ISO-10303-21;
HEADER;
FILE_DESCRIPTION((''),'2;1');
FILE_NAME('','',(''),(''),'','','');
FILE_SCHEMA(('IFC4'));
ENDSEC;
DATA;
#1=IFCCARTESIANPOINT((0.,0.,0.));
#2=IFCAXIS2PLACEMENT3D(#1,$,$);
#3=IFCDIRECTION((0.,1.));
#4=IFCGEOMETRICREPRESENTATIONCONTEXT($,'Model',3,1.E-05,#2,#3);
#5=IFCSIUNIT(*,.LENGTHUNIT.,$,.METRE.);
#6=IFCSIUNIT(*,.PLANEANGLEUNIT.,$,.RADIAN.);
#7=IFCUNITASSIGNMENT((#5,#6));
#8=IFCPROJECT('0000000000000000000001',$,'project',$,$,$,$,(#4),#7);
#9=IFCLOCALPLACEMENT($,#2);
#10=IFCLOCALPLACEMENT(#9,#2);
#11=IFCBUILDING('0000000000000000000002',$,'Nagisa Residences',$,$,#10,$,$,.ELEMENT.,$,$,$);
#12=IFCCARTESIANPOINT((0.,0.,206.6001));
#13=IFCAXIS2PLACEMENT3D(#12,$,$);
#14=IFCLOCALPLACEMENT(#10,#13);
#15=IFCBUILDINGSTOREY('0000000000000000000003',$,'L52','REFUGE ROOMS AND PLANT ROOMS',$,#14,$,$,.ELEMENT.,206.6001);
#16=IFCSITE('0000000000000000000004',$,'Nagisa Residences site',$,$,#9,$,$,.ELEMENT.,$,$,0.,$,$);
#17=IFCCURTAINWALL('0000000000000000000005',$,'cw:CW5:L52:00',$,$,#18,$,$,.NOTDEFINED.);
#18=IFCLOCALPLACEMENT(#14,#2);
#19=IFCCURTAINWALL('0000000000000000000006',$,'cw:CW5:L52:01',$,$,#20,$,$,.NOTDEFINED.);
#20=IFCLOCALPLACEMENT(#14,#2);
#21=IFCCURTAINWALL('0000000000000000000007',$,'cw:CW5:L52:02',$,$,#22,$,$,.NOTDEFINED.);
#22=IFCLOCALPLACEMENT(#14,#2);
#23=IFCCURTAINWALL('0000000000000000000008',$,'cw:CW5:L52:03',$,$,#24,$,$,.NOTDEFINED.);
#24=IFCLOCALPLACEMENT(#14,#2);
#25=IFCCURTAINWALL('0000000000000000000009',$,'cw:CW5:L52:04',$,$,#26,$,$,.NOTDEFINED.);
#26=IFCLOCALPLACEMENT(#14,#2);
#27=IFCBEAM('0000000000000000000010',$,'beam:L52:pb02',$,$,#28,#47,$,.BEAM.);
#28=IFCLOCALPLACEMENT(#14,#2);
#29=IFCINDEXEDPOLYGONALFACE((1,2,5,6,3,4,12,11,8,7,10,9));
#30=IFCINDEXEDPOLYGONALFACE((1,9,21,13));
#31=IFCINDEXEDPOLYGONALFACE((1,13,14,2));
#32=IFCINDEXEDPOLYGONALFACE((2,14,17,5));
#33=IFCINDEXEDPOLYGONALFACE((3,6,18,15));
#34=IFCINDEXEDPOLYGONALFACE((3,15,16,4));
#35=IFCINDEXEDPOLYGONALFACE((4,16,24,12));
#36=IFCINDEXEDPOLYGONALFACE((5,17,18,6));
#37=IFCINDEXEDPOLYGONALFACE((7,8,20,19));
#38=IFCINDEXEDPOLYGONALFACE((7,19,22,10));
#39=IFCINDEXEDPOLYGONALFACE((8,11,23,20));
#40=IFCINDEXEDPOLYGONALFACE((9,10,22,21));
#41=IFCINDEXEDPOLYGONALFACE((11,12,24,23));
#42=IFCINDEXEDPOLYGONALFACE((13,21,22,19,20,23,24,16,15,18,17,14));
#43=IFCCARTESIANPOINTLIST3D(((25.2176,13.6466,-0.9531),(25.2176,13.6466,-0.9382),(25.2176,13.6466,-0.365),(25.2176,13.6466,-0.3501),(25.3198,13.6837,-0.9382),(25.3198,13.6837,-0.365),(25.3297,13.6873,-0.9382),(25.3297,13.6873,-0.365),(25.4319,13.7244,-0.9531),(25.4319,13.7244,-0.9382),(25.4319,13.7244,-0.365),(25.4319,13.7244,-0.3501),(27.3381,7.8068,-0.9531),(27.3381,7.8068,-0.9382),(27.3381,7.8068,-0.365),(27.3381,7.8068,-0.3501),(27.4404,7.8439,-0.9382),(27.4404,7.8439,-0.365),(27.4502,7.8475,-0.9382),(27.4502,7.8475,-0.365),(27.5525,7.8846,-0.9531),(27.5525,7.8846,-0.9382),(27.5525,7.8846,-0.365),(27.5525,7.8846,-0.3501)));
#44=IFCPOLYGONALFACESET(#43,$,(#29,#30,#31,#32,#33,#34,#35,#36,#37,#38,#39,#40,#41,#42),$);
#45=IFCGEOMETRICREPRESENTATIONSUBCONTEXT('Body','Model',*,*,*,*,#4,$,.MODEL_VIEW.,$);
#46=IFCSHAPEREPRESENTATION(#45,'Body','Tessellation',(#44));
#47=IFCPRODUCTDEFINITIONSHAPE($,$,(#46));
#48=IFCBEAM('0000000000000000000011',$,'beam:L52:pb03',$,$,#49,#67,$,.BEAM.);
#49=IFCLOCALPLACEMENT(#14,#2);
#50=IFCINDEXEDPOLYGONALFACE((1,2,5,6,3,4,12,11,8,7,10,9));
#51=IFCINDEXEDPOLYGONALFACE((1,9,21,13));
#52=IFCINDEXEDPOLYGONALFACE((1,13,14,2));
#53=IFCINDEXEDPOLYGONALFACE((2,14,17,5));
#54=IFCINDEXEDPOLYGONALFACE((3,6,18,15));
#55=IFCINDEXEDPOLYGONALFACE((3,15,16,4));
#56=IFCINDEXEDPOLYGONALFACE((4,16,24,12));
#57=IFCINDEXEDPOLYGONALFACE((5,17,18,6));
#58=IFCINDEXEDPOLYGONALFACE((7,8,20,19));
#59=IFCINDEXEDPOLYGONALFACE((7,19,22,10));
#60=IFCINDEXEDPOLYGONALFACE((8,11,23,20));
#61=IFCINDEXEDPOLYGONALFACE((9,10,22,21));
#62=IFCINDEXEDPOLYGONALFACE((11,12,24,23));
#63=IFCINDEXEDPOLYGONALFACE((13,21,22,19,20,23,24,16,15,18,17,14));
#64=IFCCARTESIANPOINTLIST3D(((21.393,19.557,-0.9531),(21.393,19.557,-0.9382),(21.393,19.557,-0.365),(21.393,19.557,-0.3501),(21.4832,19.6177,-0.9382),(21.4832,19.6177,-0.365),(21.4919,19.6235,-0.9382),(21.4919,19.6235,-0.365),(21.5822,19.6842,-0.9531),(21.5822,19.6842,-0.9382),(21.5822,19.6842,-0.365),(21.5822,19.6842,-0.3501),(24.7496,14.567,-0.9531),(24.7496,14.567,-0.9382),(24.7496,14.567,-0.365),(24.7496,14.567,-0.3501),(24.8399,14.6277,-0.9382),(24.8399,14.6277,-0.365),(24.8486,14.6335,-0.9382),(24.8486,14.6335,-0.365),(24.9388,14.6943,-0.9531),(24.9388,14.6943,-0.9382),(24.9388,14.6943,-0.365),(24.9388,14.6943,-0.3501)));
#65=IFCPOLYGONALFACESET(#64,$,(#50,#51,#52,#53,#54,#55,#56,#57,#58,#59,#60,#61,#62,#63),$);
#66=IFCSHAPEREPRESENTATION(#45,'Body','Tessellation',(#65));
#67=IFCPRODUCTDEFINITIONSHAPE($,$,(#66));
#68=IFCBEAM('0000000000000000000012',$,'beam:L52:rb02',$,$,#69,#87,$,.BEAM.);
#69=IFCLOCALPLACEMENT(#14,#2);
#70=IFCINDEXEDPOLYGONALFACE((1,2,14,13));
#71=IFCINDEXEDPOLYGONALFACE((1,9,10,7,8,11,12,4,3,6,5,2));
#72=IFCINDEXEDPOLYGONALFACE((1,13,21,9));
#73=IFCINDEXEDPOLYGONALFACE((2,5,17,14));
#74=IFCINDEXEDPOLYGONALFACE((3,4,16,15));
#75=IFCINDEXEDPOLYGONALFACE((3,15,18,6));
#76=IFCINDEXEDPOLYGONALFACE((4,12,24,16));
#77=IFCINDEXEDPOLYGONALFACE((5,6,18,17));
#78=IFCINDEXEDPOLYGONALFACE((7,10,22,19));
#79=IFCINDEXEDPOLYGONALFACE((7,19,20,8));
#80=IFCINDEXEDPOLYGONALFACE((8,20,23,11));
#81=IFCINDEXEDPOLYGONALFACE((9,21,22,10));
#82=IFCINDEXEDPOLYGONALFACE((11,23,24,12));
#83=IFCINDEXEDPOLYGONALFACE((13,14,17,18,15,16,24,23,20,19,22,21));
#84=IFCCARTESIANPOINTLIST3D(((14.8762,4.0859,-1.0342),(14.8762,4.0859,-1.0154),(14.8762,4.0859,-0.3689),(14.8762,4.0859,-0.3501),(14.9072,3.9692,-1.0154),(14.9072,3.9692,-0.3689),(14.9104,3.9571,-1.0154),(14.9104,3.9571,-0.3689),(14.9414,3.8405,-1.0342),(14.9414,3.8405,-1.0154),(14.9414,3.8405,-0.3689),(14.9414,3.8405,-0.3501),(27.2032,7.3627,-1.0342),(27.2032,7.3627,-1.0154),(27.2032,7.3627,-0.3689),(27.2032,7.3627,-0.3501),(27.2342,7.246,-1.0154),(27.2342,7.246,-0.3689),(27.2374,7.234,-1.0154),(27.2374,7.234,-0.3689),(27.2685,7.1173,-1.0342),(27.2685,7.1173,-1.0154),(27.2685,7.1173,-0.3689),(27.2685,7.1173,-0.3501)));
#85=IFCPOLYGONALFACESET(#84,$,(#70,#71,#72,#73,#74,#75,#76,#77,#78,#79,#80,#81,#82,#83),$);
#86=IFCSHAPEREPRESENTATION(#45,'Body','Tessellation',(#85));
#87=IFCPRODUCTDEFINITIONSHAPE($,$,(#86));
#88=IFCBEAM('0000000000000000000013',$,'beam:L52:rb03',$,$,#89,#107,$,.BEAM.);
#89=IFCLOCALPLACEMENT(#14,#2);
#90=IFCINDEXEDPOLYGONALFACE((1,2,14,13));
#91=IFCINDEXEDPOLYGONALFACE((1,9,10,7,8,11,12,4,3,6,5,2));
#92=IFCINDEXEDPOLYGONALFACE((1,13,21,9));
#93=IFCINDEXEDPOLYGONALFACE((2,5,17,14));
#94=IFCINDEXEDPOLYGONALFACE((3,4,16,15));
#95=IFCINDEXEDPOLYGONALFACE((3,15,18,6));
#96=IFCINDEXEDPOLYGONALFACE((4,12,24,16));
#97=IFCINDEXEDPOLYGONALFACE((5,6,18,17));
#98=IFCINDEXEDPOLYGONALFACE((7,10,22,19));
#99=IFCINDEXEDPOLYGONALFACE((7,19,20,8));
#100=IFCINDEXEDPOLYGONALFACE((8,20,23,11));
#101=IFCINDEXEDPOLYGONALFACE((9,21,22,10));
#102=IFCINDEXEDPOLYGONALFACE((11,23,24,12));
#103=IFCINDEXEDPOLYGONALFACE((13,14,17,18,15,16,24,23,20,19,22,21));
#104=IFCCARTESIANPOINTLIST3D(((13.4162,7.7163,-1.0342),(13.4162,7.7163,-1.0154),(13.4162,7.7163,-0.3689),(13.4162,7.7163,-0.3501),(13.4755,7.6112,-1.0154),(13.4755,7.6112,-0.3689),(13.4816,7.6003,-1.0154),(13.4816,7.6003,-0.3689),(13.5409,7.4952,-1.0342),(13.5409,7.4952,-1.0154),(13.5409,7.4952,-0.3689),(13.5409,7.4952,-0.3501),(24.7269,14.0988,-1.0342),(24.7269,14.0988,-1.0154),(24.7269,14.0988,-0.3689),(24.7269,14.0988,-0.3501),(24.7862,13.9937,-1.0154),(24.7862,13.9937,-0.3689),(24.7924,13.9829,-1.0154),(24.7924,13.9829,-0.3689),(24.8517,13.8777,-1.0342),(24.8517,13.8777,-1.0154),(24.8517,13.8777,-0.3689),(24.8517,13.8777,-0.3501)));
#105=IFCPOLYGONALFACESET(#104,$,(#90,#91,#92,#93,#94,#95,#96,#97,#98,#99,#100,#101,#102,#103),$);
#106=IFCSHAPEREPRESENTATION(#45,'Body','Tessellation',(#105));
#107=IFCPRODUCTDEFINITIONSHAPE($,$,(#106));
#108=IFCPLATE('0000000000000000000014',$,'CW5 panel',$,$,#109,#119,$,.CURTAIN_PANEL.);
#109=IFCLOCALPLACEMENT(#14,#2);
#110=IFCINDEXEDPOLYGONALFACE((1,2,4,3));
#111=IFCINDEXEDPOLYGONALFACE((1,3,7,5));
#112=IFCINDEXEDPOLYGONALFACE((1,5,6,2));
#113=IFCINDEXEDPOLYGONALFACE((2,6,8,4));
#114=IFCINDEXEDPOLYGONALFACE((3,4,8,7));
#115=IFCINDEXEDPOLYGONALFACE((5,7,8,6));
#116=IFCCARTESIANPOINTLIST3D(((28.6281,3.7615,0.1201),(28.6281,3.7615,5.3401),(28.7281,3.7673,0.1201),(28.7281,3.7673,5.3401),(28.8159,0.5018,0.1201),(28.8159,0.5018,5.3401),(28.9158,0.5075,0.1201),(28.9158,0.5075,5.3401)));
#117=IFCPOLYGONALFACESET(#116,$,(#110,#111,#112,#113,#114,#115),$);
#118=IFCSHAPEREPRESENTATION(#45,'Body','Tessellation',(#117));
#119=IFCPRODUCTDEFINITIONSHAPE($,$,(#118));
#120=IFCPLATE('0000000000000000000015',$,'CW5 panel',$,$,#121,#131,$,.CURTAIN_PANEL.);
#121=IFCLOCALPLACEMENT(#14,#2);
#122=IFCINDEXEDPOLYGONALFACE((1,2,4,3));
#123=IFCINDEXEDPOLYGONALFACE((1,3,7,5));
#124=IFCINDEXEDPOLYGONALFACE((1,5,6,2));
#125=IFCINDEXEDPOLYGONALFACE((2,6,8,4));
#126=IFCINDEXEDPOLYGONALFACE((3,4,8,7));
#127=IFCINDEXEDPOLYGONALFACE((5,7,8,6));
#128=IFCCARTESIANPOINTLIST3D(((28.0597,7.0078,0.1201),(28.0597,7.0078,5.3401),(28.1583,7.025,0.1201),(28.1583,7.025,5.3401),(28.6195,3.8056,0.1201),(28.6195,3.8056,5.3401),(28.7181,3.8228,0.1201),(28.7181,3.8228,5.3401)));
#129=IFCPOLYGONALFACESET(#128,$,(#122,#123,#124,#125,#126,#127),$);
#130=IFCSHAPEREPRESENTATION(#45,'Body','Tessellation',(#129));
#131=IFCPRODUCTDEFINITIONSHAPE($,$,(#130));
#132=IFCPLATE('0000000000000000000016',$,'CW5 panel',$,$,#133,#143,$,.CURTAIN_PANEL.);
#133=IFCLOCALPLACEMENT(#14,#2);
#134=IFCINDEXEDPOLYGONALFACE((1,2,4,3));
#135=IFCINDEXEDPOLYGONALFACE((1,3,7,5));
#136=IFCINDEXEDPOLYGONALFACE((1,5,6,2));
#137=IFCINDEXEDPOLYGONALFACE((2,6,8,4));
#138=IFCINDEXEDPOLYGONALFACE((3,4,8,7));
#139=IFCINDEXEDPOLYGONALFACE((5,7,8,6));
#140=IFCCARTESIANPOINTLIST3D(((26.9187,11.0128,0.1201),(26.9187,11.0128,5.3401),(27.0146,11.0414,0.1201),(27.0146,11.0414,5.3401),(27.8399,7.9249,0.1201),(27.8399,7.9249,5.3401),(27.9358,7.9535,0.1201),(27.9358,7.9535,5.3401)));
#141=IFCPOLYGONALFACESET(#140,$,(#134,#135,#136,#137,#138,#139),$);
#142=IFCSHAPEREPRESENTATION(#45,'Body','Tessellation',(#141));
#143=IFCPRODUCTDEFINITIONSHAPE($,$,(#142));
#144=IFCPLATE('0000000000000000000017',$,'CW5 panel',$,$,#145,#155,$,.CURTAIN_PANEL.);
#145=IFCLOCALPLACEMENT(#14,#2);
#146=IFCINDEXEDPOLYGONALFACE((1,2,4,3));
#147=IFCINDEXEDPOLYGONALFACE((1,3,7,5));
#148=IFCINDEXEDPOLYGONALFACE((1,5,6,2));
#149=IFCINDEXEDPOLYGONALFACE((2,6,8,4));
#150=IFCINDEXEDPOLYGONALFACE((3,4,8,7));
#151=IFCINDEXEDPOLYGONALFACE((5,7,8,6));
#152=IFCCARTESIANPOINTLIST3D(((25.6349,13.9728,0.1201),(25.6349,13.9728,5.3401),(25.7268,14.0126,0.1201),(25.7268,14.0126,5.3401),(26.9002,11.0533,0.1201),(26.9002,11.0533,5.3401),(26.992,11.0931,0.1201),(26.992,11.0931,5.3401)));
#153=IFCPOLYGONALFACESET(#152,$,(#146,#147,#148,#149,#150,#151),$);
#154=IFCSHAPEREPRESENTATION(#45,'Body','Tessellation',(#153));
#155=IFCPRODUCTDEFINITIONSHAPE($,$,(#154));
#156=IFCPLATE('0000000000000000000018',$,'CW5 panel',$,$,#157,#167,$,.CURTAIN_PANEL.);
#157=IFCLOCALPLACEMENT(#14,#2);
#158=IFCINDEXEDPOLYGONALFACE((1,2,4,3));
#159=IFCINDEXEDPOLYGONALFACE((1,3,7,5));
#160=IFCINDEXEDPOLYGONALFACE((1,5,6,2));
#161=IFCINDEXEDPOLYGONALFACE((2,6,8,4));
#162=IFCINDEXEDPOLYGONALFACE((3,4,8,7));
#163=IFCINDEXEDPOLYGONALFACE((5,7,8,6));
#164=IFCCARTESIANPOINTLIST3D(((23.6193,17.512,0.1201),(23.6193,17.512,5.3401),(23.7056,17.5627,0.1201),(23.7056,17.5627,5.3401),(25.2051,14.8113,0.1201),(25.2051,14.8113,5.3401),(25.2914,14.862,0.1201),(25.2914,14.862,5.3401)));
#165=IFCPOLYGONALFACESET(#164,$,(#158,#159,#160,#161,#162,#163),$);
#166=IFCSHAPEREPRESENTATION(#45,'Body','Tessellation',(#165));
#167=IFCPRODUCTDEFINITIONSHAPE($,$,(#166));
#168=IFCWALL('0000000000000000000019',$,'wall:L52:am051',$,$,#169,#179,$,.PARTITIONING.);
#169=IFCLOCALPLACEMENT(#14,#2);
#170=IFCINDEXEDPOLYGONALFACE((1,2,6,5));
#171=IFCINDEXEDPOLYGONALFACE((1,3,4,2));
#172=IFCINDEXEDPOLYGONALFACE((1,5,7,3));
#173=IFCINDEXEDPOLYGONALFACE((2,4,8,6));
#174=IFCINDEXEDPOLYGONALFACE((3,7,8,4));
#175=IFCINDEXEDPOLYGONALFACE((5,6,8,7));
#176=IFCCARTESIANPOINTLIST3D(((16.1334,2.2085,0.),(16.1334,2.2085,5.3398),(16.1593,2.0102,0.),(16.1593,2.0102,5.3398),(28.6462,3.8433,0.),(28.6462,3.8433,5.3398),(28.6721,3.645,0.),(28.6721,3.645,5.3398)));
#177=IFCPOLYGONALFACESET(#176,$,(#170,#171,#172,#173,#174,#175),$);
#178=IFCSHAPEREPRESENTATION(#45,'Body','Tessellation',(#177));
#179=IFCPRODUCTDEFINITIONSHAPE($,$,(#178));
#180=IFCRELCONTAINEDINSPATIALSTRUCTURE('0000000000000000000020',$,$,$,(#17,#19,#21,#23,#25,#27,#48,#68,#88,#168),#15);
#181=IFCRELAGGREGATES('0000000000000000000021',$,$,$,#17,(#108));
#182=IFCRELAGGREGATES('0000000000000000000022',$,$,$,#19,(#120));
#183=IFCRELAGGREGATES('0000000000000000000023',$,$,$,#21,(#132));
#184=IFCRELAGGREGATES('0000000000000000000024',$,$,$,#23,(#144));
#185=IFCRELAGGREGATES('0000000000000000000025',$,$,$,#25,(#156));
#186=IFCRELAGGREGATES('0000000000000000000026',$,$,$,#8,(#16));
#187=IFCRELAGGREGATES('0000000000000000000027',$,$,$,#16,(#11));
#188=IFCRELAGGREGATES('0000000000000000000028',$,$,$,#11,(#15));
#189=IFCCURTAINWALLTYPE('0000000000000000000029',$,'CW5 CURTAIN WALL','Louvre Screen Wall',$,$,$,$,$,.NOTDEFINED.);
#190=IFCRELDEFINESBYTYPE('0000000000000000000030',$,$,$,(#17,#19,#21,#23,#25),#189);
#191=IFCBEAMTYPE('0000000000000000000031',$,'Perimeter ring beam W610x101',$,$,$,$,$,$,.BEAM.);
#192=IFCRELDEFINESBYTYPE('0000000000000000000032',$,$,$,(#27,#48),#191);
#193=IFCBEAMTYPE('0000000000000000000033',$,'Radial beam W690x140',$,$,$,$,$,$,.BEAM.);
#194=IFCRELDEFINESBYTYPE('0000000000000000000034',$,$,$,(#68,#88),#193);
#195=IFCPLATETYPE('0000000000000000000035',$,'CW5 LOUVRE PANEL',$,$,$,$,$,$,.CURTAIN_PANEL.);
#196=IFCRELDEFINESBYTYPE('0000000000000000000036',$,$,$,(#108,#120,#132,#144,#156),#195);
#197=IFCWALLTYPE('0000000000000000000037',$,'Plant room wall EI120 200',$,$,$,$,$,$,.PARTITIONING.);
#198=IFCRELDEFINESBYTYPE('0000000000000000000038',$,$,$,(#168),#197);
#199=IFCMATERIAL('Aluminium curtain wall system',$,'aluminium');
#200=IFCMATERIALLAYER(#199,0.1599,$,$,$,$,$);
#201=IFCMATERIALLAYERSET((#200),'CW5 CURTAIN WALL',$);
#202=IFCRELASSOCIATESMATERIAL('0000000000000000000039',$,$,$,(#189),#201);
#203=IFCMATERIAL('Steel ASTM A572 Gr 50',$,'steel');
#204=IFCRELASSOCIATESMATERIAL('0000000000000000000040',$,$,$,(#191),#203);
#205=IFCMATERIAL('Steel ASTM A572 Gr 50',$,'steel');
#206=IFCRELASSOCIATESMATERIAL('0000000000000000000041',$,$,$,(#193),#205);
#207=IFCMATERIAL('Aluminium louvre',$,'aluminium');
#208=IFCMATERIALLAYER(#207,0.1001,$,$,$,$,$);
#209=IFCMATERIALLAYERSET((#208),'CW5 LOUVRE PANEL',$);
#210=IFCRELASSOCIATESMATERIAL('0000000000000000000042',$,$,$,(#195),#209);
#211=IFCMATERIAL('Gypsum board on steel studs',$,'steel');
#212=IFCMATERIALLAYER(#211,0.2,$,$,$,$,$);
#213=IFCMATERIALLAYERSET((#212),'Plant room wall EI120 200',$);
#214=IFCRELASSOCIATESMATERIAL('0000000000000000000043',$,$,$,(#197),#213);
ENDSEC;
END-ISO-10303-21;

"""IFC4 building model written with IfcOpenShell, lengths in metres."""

from ifc_helpers import new_model, si_unit, direction, frame, frame_2d, origin, origin_2d, place, context, subcontext, project, spatial, rectangle, i_section, extrude, material, layer, layer_set, material_profile, profile_set, type_object, element, aggregate, save


model = new_model("IFC4")

# Units and contexts
model_context = context("Model", 3, precision=1e-05, world=origin(), true_north=direction((0.0, 1.0)))
body_context = subcontext(model_context, "Body", "Model", "MODEL_VIEW")
ifc_project = project(units=[si_unit("LENGTHUNIT", "METRE"), si_unit("PLANEANGLEUNIT", "RADIAN")], contexts=[model_context])

# Site, building, storey
site_placement = place(None, origin())
site = spatial("IfcSite", under=ifc_project, at=site_placement, Name="Nagisa Residences site", CompositionType="ELEMENT", RefElevation=0.0)
building_placement = place(site_placement, origin())
building = spatial("IfcBuilding", under=site, at=building_placement, Name="Nagisa Residences", CompositionType="ELEMENT")
storey_placement = place(building_placement, frame((0.0, 0.0, 206.6001)))
storey = spatial("IfcBuildingStorey", under=building, at=storey_placement, Name="L52", Description="REFUGE ROOMS AND PLANT ROOMS", CompositionType="ELEMENT", Elevation=206.6001)

# Curtain walls
ifc_material_1 = material(Name="Aluminium curtain wall system", Category="aluminium")
ifc_layer_1 = layer(ifc_material_1, 0.1599)
ifc_layer_set_1 = layer_set([ifc_layer_1], Name="CW5 CURTAIN WALL")
curtain_wall_type = type_object("IfcCurtainWallType", Name="CW5 CURTAIN WALL", Description="Louvre Screen Wall", PredefinedType="NOTDEFINED", material=ifc_layer_set_1)
curtain_wall_1_placement = place(storey_placement, origin())
curtain_wall_1 = element("IfcCurtainWall", 1, at=curtain_wall_1_placement, inside=storey, type_object=curtain_wall_type, Name="cw:CW5:L52:00", PredefinedType="NOTDEFINED")
curtain_wall_2_placement = place(storey_placement, origin())
curtain_wall_2 = element("IfcCurtainWall", 2, at=curtain_wall_2_placement, inside=storey, type_object=curtain_wall_type, Name="cw:CW5:L52:01", PredefinedType="NOTDEFINED")
curtain_wall_3_placement = place(storey_placement, origin())
curtain_wall_3 = element("IfcCurtainWall", 3, at=curtain_wall_3_placement, inside=storey, type_object=curtain_wall_type, Name="cw:CW5:L52:02", PredefinedType="NOTDEFINED")
curtain_wall_4_placement = place(storey_placement, origin())
curtain_wall_4 = element("IfcCurtainWall", 4, at=curtain_wall_4_placement, inside=storey, type_object=curtain_wall_type, Name="cw:CW5:L52:03", PredefinedType="NOTDEFINED")
curtain_wall_5_placement = place(storey_placement, origin())
curtain_wall_5 = element("IfcCurtainWall", 5, at=curtain_wall_5_placement, inside=storey, type_object=curtain_wall_type, Name="cw:CW5:L52:04", PredefinedType="NOTDEFINED")

# Beams
ifc_material_2 = material(Name="Steel ASTM A572 Gr 50", Category="steel")
ifc_material_profile_1 = material_profile(ifc_material_2, i_section(OverallWidth=0.228, OverallDepth=0.603, WebThickness=0.0105, FlangeThickness=0.0149, at=origin_2d()), Name="W610x101")
ifc_profile_set_1 = profile_set([ifc_material_profile_1], Name="Steel ASTM A572 Gr 50")
beam_type_1 = type_object("IfcBeamType", Name="Perimeter ring beam W610x101", PredefinedType="BEAM", material=ifc_profile_set_1)
beam_1_placement = place(storey_placement, frame((27.4453, 7.8457, -0.6516), z_axis=(-0.34132, 0.939947, 0.0), x_axis=(-0.939947, -0.34132, 0.0)))
element("IfcBeam", 6, at=beam_1_placement, inside=storey, type_object=beam_type_1, Name="beam:L52:pb02", PredefinedType="BEAM", context=body_context, shape_type="SweptSolid", body=[
    extrude(i_section(OverallWidth=0.228, OverallDepth=0.603, WebThickness=0.0105, FlangeThickness=0.0149, at=origin_2d()), origin(), (0.0, 0.0, 1.0), 6.2129),
])
beam_2_placement = place(storey_placement, frame((24.8442, 14.6306, -0.6516), z_axis=(-0.558152, 0.829739, 0.0), x_axis=(-0.829739, -0.558152, 0.0)))
element("IfcBeam", 7, at=beam_2_placement, inside=storey, type_object=beam_type_1, Name="beam:L52:pb03", PredefinedType="BEAM", context=body_context, shape_type="SweptSolid", body=[
    extrude(i_section(OverallWidth=0.228, OverallDepth=0.603, WebThickness=0.0105, FlangeThickness=0.0149, at=origin_2d()), origin(), (0.0, 0.0, 1.0), 6.0139),
])
ifc_material_3 = material(Name="Steel ASTM A572 Gr 50", Category="steel")
ifc_material_profile_2 = material_profile(ifc_material_3, i_section(OverallWidth=0.2539, OverallDepth=0.6841, WebThickness=0.0125, FlangeThickness=0.0188, at=origin_2d()), Name="W690x140")
ifc_profile_set_2 = profile_set([ifc_material_profile_2], Name="Steel ASTM A572 Gr 50")
beam_type_2 = type_object("IfcBeamType", Name="Radial beam W690x140", PredefinedType="BEAM", material=ifc_profile_set_2)
beam_3_placement = place(storey_placement, frame((27.2358, 7.24, -0.6921), z_axis=(-0.966437, -0.256903, 0.0), x_axis=(0.256903, -0.966437, 0.0)))
element("IfcBeam", 8, at=beam_3_placement, inside=storey, type_object=beam_type_2, Name="beam:L52:rb02", PredefinedType="BEAM", context=body_context, shape_type="SweptSolid", body=[
    extrude(i_section(OverallWidth=0.2539, OverallDepth=0.6841, WebThickness=0.0125, FlangeThickness=0.0188, at=origin_2d()), origin(), (0.0, 0.0, 1.0), 12.7551),
])
beam_4_placement = place(storey_placement, frame((24.7893, 13.9883, -0.6921), z_axis=(-0.870909, -0.491445, 0.0), x_axis=(0.491445, -0.870909, 0.0)))
element("IfcBeam", 9, at=beam_4_placement, inside=storey, type_object=beam_type_2, Name="beam:L52:rb03", PredefinedType="BEAM", context=body_context, shape_type="SweptSolid", body=[
    extrude(i_section(OverallWidth=0.2539, OverallDepth=0.6841, WebThickness=0.0125, FlangeThickness=0.0188, at=origin_2d()), origin(), (0.0, 0.0, 1.0), 12.9873),
])

# Plates
ifc_material_4 = material(Name="Aluminium louvre", Category="aluminium")
ifc_layer_2 = layer(ifc_material_4, 0.1001)
ifc_layer_set_2 = layer_set([ifc_layer_2], Name="CW5 LOUVRE PANEL")
plate_type = type_object("IfcPlateType", Name="CW5 LOUVRE PANEL", PredefinedType="CURTAIN_PANEL", material=ifc_layer_set_2)
plate_1_placement = place(storey_placement, frame((28.772, 2.1345, 0.1201), z_axis=(0.0, 0.0, 1.0), x_axis=(-0.057503, 0.998345, 0.0)))
plate_1 = element("IfcPlate", 10, at=plate_1_placement, type_object=plate_type, Name="CW5 panel", PredefinedType="CURTAIN_PANEL", context=body_context, shape_type="SweptSolid", body=[
    extrude(rectangle(XDim=3.2651, YDim=0.1001, at=origin_2d()), origin(), (0.0, 0.0, 1.0), 5.22),
])
aggregate(curtain_wall_1, [plate_1])
plate_2_placement = place(storey_placement, frame((28.3889, 5.4153, 0.1201), z_axis=(0.0, 0.0, 1.0), x_axis=(-0.172191, 0.985064, 0.0)))
plate_2 = element("IfcPlate", 11, at=plate_2_placement, type_object=plate_type, Name="CW5 panel", PredefinedType="CURTAIN_PANEL", context=body_context, shape_type="SweptSolid", body=[
    extrude(rectangle(XDim=3.2507, YDim=0.1001, at=origin_2d()), origin(), (0.0, 0.0, 1.0), 5.22),
])
aggregate(curtain_wall_2, [plate_2])
plate_3_placement = place(storey_placement, frame((27.4272, 9.4832, 0.1201), z_axis=(0.0, 0.0, 1.0), x_axis=(-0.28586, 0.958271, 0.0)))
plate_3 = element("IfcPlate", 12, at=plate_3_placement, type_object=plate_type, Name="CW5 panel", PredefinedType="CURTAIN_PANEL", context=body_context, shape_type="SweptSolid", body=[
    extrude(rectangle(XDim=3.2224, YDim=0.1001, at=origin_2d()), origin(), (0.0, 0.0, 1.0), 5.22),
])
aggregate(curtain_wall_3, [plate_3])
plate_4_placement = place(storey_placement, frame((26.3135, 12.533, 0.1201), z_axis=(0.0, 0.0, 1.0), x_axis=(-0.397636, 0.917543, 0.0)))
plate_4 = element("IfcPlate", 13, at=plate_4_placement, type_object=plate_type, Name="CW5 panel", PredefinedType="CURTAIN_PANEL", context=body_context, shape_type="SweptSolid", body=[
    extrude(rectangle(XDim=3.1819, YDim=0.1001, at=origin_2d()), origin(), (0.0, 0.0, 1.0), 5.22),
])
aggregate(curtain_wall_4, [plate_4])
plate_5_placement = place(storey_placement, frame((24.4553, 16.187, 0.1201), z_axis=(0.0, 0.0, 1.0), x_axis=(-0.506349, 0.862329, 0.0)))
plate_5 = element("IfcPlate", 14, at=plate_5_placement, type_object=plate_type, Name="CW5 panel", PredefinedType="CURTAIN_PANEL", context=body_context, shape_type="SweptSolid", body=[
    extrude(rectangle(XDim=3.1318, YDim=0.1001, at=origin_2d()), origin(), (0.0, 0.0, 1.0), 5.22),
])
aggregate(curtain_wall_5, [plate_5])

# Wall
ifc_material_5 = material(Name="Gypsum board on steel studs", Category="steel")
ifc_layer_3 = layer(ifc_material_5, 0.2)
ifc_layer_set_3 = layer_set([ifc_layer_3], Name="Plant room wall EI120 200")
wall_type = type_object("IfcWallType", Name="Plant room wall EI120 200", PredefinedType="PARTITIONING", material=ifc_layer_set_3)
wall_placement = place(storey_placement, frame((28.6592, 3.7441, 0.0), z_axis=(0.0, 0.0, 1.0), x_axis=(-0.991573, -0.129548, 0.0)))
element("IfcWall", 15, at=wall_placement, inside=storey, type_object=wall_type, Name="wall:L52:am051", PredefinedType="PARTITIONING", context=body_context, shape_type="SweptSolid", body=[
    extrude(rectangle(XDim=12.6191, YDim=0.2, at=frame_2d((6.3096, 0.0))), origin(), (0.0, 0.0, 1.0), 5.3398),
])

save(model, "model.ifc")
